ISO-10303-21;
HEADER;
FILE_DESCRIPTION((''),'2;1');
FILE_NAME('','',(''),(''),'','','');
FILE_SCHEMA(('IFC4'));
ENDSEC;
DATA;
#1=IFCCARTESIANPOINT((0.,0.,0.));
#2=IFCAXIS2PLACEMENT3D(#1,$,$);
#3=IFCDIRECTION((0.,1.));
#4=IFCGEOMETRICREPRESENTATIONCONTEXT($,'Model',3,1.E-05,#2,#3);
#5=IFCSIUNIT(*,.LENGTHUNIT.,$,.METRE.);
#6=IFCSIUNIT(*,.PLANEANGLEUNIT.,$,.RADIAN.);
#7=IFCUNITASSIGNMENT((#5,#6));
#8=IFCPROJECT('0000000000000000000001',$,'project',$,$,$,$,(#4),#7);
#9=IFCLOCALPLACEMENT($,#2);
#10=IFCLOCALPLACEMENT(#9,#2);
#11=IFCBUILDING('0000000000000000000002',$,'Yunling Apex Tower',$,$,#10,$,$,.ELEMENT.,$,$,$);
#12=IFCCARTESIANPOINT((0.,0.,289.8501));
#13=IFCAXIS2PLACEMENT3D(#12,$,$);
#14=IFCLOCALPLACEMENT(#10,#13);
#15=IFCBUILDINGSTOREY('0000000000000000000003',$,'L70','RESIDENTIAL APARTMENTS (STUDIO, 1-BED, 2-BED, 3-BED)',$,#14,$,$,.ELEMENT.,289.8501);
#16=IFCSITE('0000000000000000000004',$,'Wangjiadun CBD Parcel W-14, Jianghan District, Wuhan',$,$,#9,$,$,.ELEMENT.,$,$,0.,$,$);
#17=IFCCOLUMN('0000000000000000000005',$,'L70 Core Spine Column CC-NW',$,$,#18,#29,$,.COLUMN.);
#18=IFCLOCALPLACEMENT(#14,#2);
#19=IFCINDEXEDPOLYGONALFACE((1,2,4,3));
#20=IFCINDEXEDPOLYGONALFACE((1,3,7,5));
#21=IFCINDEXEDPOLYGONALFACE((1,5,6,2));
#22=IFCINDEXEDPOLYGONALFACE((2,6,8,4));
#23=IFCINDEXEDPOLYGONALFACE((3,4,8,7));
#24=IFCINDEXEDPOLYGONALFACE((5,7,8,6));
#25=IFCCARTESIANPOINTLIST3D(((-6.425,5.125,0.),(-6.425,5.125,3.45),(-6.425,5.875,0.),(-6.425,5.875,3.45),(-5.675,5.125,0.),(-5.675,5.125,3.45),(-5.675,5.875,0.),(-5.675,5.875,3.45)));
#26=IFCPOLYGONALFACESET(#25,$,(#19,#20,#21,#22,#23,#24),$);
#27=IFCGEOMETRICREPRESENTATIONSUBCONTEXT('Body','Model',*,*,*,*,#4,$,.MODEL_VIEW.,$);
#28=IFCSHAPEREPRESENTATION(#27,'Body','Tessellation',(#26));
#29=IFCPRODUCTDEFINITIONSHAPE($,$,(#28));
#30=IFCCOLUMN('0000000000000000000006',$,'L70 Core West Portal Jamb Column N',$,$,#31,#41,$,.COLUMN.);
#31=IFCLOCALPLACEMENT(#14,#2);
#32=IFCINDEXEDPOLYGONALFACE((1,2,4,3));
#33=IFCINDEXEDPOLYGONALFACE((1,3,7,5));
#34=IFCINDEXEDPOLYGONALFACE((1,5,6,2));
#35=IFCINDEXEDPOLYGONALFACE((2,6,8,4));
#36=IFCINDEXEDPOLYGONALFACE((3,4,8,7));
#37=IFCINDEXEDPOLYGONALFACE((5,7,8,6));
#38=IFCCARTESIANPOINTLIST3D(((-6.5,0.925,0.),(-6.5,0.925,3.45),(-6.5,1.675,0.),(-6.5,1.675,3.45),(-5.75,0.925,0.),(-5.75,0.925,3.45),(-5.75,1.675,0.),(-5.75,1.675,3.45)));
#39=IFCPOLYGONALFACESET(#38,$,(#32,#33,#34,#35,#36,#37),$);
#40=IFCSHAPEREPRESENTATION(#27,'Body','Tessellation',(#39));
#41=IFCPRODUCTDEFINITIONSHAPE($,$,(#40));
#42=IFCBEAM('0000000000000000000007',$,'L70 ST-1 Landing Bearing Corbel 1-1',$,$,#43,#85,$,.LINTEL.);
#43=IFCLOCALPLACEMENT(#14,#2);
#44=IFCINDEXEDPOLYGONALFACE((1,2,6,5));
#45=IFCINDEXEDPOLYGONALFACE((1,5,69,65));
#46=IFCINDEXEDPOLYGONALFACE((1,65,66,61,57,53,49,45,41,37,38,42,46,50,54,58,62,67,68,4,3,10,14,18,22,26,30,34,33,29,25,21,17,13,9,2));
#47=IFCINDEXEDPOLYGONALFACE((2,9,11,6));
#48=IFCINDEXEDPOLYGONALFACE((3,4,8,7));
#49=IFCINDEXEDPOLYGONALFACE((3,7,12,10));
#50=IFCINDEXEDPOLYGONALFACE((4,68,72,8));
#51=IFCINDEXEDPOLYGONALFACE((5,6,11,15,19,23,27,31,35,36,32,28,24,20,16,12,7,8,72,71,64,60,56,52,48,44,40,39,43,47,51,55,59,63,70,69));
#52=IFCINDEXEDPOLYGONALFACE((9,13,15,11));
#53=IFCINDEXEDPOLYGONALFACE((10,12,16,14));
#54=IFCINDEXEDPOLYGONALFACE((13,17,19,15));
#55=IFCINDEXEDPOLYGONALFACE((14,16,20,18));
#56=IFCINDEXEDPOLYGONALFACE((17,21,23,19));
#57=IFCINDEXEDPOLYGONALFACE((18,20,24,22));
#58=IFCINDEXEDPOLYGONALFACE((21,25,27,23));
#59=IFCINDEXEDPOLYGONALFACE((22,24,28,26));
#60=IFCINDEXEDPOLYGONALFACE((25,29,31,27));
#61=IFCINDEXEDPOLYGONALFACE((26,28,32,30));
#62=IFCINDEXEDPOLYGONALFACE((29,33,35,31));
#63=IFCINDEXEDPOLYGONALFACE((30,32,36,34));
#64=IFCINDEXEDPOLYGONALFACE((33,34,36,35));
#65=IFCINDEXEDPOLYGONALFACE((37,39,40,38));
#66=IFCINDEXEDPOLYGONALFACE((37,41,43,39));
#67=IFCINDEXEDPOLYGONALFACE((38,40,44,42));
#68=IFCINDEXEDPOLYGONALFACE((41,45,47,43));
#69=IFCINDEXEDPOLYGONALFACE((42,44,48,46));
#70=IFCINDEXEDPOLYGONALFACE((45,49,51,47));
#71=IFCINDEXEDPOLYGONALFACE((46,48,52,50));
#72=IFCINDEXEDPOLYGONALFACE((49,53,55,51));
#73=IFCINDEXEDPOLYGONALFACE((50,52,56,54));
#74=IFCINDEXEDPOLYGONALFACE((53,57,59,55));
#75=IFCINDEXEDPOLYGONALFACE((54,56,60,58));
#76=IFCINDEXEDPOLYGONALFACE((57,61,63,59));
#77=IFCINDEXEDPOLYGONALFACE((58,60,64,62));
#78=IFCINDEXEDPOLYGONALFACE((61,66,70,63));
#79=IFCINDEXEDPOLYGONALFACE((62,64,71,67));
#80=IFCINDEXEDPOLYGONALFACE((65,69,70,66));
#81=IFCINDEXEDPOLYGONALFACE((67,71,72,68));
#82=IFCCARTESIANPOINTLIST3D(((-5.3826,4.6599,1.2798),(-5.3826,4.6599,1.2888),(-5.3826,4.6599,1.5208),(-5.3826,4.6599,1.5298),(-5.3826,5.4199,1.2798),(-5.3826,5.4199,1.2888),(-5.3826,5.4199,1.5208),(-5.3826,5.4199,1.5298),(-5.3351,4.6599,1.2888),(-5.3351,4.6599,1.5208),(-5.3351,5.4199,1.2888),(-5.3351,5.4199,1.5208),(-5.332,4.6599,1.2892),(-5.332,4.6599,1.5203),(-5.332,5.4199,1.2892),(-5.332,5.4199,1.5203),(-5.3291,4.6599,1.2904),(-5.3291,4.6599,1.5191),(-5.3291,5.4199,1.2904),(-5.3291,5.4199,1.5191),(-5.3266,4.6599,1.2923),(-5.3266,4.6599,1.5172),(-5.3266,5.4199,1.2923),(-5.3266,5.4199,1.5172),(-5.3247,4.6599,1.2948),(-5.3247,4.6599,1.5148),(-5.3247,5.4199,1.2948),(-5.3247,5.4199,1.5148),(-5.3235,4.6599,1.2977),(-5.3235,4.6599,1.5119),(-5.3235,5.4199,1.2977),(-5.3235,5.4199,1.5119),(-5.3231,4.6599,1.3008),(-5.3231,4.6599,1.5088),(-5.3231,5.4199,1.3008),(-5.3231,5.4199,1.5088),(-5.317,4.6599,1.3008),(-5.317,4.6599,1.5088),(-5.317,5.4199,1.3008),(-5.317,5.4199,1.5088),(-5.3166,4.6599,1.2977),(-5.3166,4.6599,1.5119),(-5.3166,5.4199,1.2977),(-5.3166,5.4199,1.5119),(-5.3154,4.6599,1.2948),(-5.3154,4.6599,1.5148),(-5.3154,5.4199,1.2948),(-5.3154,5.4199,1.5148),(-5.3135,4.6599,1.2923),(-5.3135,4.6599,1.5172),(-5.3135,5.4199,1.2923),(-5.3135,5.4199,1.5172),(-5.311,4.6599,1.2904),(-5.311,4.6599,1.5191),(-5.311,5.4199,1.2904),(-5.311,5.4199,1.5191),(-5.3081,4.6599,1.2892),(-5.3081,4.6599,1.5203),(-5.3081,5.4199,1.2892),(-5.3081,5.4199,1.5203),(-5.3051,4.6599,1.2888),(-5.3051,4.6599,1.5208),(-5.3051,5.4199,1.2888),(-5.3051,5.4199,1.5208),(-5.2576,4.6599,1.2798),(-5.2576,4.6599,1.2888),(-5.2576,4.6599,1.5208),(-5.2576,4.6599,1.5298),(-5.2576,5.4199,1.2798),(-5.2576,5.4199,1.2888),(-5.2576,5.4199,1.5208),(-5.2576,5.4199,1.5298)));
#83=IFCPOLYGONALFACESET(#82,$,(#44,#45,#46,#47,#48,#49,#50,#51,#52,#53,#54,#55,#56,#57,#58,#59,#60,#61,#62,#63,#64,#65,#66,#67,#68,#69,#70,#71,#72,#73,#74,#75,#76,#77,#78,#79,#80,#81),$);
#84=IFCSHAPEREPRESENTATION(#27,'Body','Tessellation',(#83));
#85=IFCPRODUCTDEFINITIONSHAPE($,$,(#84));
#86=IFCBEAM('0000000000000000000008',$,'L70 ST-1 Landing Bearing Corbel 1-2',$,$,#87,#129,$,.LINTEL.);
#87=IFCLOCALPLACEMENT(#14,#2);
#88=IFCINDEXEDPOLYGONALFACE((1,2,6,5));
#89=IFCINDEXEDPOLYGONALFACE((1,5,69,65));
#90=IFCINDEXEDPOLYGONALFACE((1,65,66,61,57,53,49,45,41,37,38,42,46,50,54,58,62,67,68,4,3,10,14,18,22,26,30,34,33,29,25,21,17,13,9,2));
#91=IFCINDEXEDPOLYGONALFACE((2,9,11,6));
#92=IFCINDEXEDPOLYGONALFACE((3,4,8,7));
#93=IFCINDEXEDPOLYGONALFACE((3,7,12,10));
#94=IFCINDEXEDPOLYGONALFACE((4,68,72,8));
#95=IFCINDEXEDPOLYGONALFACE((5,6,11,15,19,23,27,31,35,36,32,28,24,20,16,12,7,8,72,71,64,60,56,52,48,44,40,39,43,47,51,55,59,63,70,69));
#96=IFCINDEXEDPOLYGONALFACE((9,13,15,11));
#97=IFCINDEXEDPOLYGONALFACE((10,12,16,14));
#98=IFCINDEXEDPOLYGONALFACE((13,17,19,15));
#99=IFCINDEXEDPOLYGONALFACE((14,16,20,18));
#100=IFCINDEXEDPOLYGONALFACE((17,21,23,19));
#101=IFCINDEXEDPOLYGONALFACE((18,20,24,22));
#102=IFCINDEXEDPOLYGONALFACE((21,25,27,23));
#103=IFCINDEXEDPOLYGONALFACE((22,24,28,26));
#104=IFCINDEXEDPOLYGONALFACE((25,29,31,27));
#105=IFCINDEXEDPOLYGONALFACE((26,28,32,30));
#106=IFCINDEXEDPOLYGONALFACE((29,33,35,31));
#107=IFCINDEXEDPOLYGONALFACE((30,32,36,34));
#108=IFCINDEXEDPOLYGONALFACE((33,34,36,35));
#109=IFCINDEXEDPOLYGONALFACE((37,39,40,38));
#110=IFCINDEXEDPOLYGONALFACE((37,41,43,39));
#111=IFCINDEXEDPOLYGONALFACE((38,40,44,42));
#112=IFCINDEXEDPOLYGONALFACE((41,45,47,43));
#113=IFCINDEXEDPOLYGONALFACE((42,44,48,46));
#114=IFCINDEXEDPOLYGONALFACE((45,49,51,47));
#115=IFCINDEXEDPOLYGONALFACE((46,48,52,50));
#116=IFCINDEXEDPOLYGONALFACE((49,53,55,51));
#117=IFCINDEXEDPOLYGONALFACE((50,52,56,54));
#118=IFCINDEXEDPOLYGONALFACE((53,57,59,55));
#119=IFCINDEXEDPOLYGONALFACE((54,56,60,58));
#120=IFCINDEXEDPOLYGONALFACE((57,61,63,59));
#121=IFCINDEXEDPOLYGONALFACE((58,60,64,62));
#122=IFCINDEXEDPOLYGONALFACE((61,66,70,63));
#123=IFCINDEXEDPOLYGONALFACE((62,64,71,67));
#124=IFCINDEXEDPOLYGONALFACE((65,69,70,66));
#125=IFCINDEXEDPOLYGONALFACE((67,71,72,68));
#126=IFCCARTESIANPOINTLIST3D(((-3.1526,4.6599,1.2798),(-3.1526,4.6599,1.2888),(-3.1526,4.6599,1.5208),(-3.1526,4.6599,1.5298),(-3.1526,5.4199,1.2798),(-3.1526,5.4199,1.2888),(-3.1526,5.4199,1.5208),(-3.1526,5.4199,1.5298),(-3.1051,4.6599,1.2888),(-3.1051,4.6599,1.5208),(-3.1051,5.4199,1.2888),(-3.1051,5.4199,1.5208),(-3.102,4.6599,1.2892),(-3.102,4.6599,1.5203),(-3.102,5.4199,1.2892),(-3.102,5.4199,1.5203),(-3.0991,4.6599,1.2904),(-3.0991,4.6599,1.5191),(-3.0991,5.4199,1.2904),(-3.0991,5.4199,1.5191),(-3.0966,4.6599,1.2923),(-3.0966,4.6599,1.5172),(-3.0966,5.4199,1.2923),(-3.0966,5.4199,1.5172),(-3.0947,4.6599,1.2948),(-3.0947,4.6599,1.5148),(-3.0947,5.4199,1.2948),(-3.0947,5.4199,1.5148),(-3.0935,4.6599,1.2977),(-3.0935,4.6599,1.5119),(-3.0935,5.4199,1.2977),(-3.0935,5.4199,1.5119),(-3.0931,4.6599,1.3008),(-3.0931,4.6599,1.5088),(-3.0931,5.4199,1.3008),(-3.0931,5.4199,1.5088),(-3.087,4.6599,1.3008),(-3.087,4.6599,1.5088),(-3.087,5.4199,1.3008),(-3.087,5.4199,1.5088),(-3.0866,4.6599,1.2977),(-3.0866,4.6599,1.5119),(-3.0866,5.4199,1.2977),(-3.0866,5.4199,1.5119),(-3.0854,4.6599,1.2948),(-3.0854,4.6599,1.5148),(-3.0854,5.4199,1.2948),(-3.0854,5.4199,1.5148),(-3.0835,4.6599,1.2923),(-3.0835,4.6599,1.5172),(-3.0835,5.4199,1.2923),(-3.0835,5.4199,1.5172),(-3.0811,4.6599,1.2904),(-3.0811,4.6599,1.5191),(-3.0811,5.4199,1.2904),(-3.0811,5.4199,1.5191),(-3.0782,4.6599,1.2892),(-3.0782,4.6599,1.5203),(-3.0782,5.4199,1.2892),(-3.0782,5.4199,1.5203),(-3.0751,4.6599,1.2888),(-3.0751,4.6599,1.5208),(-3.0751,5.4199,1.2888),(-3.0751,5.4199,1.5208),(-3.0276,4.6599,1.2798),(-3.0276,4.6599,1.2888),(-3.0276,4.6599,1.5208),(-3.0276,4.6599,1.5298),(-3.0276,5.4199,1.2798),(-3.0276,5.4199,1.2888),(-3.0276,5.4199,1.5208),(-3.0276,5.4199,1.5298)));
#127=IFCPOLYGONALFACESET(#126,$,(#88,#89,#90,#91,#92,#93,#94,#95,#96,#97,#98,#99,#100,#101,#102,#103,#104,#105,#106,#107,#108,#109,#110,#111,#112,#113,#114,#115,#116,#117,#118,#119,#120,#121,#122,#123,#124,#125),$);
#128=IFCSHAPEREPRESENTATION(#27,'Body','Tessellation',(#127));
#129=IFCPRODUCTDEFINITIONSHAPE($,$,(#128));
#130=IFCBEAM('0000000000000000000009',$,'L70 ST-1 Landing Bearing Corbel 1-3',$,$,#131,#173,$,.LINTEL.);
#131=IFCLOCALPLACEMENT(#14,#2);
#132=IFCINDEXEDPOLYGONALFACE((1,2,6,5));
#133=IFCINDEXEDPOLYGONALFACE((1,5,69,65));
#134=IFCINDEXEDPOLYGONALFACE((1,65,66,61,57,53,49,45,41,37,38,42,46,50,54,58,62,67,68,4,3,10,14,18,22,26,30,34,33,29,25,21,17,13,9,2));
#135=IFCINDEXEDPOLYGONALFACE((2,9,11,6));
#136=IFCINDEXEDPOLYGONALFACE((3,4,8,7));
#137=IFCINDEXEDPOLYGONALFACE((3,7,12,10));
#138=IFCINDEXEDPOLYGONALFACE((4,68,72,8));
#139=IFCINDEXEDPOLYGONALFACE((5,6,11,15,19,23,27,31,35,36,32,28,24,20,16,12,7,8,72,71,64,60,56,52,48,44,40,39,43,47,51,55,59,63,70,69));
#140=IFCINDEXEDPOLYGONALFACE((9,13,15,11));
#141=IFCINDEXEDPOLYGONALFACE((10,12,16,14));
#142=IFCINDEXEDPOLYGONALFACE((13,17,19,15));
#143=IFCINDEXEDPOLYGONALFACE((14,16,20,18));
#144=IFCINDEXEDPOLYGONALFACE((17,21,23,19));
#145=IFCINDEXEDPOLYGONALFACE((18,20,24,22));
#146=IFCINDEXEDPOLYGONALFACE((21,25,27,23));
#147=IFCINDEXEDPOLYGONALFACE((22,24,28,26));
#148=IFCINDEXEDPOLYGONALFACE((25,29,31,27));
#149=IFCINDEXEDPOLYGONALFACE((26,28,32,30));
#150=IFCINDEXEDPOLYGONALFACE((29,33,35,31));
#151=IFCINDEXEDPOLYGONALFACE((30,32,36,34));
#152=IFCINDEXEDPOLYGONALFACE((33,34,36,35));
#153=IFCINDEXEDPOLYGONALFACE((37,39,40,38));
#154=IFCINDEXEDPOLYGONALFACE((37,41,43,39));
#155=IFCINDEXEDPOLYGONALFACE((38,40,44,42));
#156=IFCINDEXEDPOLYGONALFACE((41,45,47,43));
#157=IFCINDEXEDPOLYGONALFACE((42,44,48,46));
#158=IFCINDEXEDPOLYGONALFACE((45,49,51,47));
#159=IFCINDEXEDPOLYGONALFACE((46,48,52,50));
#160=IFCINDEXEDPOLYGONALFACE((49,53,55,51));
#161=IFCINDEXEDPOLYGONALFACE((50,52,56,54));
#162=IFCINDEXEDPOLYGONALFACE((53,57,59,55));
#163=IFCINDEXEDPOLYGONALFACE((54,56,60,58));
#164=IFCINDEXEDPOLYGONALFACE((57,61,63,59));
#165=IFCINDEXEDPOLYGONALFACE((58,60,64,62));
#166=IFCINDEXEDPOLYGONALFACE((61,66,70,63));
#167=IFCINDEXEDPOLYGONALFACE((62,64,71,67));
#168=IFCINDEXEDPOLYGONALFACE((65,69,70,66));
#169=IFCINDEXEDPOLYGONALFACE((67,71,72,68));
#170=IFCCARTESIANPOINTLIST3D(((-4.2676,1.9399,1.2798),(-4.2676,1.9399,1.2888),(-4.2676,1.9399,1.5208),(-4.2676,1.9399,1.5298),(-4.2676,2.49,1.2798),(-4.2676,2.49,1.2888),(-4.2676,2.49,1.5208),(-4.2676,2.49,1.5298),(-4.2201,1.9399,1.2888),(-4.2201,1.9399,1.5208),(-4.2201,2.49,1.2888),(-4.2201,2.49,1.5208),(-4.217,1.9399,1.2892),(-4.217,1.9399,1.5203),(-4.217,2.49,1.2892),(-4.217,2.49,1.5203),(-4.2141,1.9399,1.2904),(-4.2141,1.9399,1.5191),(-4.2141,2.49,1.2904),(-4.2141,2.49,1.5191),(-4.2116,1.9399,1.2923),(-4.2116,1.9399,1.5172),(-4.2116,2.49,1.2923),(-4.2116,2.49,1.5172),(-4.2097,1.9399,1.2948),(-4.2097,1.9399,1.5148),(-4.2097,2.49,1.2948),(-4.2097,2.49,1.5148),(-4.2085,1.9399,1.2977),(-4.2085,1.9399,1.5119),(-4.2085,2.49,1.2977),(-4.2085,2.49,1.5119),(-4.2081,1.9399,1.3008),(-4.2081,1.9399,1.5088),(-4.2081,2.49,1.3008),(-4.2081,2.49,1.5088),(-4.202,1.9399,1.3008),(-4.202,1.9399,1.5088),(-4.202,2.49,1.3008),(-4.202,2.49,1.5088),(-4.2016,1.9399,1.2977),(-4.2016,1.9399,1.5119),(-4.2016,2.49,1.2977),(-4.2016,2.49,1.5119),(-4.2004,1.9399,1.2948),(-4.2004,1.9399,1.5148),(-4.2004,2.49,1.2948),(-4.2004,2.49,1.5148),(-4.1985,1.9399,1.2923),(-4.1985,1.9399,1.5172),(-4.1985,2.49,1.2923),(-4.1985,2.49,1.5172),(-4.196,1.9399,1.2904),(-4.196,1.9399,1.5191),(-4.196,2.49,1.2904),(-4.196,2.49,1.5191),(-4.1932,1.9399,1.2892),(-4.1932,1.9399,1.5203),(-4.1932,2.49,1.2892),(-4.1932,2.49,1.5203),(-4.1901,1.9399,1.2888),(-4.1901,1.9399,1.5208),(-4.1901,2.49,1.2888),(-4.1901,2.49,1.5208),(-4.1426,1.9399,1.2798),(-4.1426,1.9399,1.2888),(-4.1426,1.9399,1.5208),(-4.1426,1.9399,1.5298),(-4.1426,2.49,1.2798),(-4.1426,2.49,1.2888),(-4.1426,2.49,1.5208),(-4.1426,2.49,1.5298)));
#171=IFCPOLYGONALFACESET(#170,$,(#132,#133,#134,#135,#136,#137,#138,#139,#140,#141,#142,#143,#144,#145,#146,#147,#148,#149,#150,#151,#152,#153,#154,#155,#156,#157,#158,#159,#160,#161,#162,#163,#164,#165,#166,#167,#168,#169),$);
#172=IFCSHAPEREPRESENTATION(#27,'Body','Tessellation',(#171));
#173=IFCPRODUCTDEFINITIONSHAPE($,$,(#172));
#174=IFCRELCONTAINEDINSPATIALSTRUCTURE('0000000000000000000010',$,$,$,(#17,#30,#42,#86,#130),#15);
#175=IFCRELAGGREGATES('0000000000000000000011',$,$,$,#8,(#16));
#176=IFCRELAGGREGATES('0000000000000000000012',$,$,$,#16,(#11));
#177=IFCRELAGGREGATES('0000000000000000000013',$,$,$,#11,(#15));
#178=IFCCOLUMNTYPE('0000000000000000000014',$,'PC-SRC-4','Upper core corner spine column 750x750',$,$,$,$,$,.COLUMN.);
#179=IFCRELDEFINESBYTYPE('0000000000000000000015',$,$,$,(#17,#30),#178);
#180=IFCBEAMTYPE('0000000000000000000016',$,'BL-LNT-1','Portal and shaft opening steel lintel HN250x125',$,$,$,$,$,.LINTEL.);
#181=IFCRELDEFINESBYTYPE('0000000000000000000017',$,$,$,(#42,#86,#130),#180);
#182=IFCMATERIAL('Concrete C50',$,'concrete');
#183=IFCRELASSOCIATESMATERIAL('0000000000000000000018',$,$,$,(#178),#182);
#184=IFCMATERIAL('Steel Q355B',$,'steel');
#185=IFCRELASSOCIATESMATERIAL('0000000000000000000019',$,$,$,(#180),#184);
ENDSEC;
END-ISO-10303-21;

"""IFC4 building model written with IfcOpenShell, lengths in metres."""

from ifc_helpers import new_model, si_unit, direction, frame, origin, origin_2d, place, context, subcontext, project, spatial, rectangle, i_section, extrude, source, transform, mapped, material, material_profile, profile_set, type_object, element, save


model = new_model("IFC4")

# Units and contexts
model_context = context("Model", 3, precision=1e-05, world=origin(), true_north=direction((0.0, 1.0)))
body_context = subcontext(model_context, "Body", "Model", "MODEL_VIEW")
ifc_project = project(units=[si_unit("LENGTHUNIT", "METRE"), si_unit("PLANEANGLEUNIT", "RADIAN")], contexts=[model_context])

# Site, building, storey
site_placement = place(None, origin())
site = spatial("IfcSite", under=ifc_project, at=site_placement, Name="Wangjiadun CBD Parcel W-14, Jianghan District, Wuhan", CompositionType="ELEMENT", RefElevation=0.0)
building_placement = place(site_placement, origin())
building = spatial("IfcBuilding", under=site, at=building_placement, Name="Yunling Apex Tower", CompositionType="ELEMENT")
storey_placement = place(building_placement, frame((0.0, 0.0, 289.8501)))
storey = spatial("IfcBuildingStorey", under=building, at=storey_placement, Name="L70", Description="RESIDENTIAL APARTMENTS (STUDIO, 1-BED, 2-BED, 3-BED)", CompositionType="ELEMENT", Elevation=289.8501)

# Columns
ifc_material_1 = material(Name="Concrete C50", Category="concrete")
ifc_material_profile_1 = material_profile(ifc_material_1, rectangle(XDim=0.75, YDim=0.75, at=origin_2d()))
ifc_profile_set_1 = profile_set([ifc_material_profile_1], Name="Concrete C50")
column_type = type_object("IfcColumnType", Name="PC-SRC-4", Description="Upper core corner spine column 750x750", PredefinedType="COLUMN", material=ifc_profile_set_1)
shared_shape_1 = source(origin(), body_context, "Body", "SweptSolid", [
    extrude(rectangle(XDim=0.75, YDim=0.75, at=origin_2d()), origin(), (0.0, 0.0, 1.0), 3.45),
])
for number, where, z_axis, x_axis, name in (
    (1, (-6.05, 5.5, 0.0), (0.0, 0.0, 1.0), (1.0, 0.0, 0.0), "L70 Core Spine Column CC-NW"),
    (2, (-6.125, 1.3, 0.0), (0.0, 0.0, 1.0), (1.0, 0.0, 0.0), "L70 Core West Portal Jamb Column N"),
):
    element("IfcColumn", number, at=place(storey_placement, frame(where, z_axis=z_axis, x_axis=x_axis)), inside=storey, type_object=column_type, Name=name, PredefinedType="COLUMN", context=body_context, shape_type="MappedRepresentation", body=[
        mapped(shared_shape_1, transform((0.0, 0.0, 0.0), scale=1.0)),
    ])

# Beams
ifc_material_2 = material(Name="Steel Q355B", Category="steel")
ifc_material_profile_2 = material_profile(ifc_material_2, i_section(OverallWidth=0.125, OverallDepth=0.25, WebThickness=0.0061, FlangeThickness=0.009, FilletRadius=0.012, at=origin_2d()))
ifc_profile_set_2 = profile_set([ifc_material_profile_2], Name="Steel Q355B")
beam_type_1 = type_object("IfcBeamType", Name="BL-LNT-1", Description="Portal and shaft opening steel lintel HN250x125", PredefinedType="LINTEL", material=ifc_profile_set_2)
shared_shape_2 = source(origin(), body_context, "Body", "SweptSolid", [
    extrude(i_section(OverallWidth=0.125, OverallDepth=0.25, WebThickness=0.0061, FlangeThickness=0.009, FilletRadius=0.012, at=origin_2d()), origin(), (0.0, 0.0, 1.0), 0.76),
])
for number, where, z_axis, x_axis, name in (
    (3, (-5.3201, 5.4199, 1.4048), (0.0, -1.0, 0.0), (1.0, 0.0, 0.0), "L70 ST-1 Landing Bearing Corbel 1-1"),
    (4, (-3.0901, 5.4199, 1.4048), (0.0, -1.0, 0.0), (1.0, 0.0, 0.0), "L70 ST-1 Landing Bearing Corbel 1-2"),
):
    element("IfcBeam", number, at=place(storey_placement, frame(where, z_axis=z_axis, x_axis=x_axis)), inside=storey, type_object=beam_type_1, Name=name, PredefinedType="LINTEL", context=body_context, shape_type="MappedRepresentation", body=[
        mapped(shared_shape_2, transform((0.0, 0.0, 0.0), scale=1.0)),
    ])
shared_shape_3 = source(origin(), body_context, "Body", "SweptSolid", [
    extrude(i_section(OverallWidth=0.125, OverallDepth=0.25, WebThickness=0.0061, FlangeThickness=0.009, FilletRadius=0.012, at=origin_2d()), origin(), (0.0, 0.0, 1.0), 0.55),
])
beam_1_placement = place(storey_placement, frame((-4.2051, 1.9399, 1.4048), z_axis=(0.0, 1.0, 0.0), x_axis=(-1.0, 0.0, 0.0)))
element("IfcBeam", 5, at=beam_1_placement, inside=storey, type_object=beam_type_1, Name="L70 ST-1 Landing Bearing Corbel 1-3", PredefinedType="LINTEL", context=body_context, shape_type="MappedRepresentation", body=[
    mapped(shared_shape_3, transform((0.0, 0.0, 0.0), scale=1.0)),
])

save(model, "model.ifc")
